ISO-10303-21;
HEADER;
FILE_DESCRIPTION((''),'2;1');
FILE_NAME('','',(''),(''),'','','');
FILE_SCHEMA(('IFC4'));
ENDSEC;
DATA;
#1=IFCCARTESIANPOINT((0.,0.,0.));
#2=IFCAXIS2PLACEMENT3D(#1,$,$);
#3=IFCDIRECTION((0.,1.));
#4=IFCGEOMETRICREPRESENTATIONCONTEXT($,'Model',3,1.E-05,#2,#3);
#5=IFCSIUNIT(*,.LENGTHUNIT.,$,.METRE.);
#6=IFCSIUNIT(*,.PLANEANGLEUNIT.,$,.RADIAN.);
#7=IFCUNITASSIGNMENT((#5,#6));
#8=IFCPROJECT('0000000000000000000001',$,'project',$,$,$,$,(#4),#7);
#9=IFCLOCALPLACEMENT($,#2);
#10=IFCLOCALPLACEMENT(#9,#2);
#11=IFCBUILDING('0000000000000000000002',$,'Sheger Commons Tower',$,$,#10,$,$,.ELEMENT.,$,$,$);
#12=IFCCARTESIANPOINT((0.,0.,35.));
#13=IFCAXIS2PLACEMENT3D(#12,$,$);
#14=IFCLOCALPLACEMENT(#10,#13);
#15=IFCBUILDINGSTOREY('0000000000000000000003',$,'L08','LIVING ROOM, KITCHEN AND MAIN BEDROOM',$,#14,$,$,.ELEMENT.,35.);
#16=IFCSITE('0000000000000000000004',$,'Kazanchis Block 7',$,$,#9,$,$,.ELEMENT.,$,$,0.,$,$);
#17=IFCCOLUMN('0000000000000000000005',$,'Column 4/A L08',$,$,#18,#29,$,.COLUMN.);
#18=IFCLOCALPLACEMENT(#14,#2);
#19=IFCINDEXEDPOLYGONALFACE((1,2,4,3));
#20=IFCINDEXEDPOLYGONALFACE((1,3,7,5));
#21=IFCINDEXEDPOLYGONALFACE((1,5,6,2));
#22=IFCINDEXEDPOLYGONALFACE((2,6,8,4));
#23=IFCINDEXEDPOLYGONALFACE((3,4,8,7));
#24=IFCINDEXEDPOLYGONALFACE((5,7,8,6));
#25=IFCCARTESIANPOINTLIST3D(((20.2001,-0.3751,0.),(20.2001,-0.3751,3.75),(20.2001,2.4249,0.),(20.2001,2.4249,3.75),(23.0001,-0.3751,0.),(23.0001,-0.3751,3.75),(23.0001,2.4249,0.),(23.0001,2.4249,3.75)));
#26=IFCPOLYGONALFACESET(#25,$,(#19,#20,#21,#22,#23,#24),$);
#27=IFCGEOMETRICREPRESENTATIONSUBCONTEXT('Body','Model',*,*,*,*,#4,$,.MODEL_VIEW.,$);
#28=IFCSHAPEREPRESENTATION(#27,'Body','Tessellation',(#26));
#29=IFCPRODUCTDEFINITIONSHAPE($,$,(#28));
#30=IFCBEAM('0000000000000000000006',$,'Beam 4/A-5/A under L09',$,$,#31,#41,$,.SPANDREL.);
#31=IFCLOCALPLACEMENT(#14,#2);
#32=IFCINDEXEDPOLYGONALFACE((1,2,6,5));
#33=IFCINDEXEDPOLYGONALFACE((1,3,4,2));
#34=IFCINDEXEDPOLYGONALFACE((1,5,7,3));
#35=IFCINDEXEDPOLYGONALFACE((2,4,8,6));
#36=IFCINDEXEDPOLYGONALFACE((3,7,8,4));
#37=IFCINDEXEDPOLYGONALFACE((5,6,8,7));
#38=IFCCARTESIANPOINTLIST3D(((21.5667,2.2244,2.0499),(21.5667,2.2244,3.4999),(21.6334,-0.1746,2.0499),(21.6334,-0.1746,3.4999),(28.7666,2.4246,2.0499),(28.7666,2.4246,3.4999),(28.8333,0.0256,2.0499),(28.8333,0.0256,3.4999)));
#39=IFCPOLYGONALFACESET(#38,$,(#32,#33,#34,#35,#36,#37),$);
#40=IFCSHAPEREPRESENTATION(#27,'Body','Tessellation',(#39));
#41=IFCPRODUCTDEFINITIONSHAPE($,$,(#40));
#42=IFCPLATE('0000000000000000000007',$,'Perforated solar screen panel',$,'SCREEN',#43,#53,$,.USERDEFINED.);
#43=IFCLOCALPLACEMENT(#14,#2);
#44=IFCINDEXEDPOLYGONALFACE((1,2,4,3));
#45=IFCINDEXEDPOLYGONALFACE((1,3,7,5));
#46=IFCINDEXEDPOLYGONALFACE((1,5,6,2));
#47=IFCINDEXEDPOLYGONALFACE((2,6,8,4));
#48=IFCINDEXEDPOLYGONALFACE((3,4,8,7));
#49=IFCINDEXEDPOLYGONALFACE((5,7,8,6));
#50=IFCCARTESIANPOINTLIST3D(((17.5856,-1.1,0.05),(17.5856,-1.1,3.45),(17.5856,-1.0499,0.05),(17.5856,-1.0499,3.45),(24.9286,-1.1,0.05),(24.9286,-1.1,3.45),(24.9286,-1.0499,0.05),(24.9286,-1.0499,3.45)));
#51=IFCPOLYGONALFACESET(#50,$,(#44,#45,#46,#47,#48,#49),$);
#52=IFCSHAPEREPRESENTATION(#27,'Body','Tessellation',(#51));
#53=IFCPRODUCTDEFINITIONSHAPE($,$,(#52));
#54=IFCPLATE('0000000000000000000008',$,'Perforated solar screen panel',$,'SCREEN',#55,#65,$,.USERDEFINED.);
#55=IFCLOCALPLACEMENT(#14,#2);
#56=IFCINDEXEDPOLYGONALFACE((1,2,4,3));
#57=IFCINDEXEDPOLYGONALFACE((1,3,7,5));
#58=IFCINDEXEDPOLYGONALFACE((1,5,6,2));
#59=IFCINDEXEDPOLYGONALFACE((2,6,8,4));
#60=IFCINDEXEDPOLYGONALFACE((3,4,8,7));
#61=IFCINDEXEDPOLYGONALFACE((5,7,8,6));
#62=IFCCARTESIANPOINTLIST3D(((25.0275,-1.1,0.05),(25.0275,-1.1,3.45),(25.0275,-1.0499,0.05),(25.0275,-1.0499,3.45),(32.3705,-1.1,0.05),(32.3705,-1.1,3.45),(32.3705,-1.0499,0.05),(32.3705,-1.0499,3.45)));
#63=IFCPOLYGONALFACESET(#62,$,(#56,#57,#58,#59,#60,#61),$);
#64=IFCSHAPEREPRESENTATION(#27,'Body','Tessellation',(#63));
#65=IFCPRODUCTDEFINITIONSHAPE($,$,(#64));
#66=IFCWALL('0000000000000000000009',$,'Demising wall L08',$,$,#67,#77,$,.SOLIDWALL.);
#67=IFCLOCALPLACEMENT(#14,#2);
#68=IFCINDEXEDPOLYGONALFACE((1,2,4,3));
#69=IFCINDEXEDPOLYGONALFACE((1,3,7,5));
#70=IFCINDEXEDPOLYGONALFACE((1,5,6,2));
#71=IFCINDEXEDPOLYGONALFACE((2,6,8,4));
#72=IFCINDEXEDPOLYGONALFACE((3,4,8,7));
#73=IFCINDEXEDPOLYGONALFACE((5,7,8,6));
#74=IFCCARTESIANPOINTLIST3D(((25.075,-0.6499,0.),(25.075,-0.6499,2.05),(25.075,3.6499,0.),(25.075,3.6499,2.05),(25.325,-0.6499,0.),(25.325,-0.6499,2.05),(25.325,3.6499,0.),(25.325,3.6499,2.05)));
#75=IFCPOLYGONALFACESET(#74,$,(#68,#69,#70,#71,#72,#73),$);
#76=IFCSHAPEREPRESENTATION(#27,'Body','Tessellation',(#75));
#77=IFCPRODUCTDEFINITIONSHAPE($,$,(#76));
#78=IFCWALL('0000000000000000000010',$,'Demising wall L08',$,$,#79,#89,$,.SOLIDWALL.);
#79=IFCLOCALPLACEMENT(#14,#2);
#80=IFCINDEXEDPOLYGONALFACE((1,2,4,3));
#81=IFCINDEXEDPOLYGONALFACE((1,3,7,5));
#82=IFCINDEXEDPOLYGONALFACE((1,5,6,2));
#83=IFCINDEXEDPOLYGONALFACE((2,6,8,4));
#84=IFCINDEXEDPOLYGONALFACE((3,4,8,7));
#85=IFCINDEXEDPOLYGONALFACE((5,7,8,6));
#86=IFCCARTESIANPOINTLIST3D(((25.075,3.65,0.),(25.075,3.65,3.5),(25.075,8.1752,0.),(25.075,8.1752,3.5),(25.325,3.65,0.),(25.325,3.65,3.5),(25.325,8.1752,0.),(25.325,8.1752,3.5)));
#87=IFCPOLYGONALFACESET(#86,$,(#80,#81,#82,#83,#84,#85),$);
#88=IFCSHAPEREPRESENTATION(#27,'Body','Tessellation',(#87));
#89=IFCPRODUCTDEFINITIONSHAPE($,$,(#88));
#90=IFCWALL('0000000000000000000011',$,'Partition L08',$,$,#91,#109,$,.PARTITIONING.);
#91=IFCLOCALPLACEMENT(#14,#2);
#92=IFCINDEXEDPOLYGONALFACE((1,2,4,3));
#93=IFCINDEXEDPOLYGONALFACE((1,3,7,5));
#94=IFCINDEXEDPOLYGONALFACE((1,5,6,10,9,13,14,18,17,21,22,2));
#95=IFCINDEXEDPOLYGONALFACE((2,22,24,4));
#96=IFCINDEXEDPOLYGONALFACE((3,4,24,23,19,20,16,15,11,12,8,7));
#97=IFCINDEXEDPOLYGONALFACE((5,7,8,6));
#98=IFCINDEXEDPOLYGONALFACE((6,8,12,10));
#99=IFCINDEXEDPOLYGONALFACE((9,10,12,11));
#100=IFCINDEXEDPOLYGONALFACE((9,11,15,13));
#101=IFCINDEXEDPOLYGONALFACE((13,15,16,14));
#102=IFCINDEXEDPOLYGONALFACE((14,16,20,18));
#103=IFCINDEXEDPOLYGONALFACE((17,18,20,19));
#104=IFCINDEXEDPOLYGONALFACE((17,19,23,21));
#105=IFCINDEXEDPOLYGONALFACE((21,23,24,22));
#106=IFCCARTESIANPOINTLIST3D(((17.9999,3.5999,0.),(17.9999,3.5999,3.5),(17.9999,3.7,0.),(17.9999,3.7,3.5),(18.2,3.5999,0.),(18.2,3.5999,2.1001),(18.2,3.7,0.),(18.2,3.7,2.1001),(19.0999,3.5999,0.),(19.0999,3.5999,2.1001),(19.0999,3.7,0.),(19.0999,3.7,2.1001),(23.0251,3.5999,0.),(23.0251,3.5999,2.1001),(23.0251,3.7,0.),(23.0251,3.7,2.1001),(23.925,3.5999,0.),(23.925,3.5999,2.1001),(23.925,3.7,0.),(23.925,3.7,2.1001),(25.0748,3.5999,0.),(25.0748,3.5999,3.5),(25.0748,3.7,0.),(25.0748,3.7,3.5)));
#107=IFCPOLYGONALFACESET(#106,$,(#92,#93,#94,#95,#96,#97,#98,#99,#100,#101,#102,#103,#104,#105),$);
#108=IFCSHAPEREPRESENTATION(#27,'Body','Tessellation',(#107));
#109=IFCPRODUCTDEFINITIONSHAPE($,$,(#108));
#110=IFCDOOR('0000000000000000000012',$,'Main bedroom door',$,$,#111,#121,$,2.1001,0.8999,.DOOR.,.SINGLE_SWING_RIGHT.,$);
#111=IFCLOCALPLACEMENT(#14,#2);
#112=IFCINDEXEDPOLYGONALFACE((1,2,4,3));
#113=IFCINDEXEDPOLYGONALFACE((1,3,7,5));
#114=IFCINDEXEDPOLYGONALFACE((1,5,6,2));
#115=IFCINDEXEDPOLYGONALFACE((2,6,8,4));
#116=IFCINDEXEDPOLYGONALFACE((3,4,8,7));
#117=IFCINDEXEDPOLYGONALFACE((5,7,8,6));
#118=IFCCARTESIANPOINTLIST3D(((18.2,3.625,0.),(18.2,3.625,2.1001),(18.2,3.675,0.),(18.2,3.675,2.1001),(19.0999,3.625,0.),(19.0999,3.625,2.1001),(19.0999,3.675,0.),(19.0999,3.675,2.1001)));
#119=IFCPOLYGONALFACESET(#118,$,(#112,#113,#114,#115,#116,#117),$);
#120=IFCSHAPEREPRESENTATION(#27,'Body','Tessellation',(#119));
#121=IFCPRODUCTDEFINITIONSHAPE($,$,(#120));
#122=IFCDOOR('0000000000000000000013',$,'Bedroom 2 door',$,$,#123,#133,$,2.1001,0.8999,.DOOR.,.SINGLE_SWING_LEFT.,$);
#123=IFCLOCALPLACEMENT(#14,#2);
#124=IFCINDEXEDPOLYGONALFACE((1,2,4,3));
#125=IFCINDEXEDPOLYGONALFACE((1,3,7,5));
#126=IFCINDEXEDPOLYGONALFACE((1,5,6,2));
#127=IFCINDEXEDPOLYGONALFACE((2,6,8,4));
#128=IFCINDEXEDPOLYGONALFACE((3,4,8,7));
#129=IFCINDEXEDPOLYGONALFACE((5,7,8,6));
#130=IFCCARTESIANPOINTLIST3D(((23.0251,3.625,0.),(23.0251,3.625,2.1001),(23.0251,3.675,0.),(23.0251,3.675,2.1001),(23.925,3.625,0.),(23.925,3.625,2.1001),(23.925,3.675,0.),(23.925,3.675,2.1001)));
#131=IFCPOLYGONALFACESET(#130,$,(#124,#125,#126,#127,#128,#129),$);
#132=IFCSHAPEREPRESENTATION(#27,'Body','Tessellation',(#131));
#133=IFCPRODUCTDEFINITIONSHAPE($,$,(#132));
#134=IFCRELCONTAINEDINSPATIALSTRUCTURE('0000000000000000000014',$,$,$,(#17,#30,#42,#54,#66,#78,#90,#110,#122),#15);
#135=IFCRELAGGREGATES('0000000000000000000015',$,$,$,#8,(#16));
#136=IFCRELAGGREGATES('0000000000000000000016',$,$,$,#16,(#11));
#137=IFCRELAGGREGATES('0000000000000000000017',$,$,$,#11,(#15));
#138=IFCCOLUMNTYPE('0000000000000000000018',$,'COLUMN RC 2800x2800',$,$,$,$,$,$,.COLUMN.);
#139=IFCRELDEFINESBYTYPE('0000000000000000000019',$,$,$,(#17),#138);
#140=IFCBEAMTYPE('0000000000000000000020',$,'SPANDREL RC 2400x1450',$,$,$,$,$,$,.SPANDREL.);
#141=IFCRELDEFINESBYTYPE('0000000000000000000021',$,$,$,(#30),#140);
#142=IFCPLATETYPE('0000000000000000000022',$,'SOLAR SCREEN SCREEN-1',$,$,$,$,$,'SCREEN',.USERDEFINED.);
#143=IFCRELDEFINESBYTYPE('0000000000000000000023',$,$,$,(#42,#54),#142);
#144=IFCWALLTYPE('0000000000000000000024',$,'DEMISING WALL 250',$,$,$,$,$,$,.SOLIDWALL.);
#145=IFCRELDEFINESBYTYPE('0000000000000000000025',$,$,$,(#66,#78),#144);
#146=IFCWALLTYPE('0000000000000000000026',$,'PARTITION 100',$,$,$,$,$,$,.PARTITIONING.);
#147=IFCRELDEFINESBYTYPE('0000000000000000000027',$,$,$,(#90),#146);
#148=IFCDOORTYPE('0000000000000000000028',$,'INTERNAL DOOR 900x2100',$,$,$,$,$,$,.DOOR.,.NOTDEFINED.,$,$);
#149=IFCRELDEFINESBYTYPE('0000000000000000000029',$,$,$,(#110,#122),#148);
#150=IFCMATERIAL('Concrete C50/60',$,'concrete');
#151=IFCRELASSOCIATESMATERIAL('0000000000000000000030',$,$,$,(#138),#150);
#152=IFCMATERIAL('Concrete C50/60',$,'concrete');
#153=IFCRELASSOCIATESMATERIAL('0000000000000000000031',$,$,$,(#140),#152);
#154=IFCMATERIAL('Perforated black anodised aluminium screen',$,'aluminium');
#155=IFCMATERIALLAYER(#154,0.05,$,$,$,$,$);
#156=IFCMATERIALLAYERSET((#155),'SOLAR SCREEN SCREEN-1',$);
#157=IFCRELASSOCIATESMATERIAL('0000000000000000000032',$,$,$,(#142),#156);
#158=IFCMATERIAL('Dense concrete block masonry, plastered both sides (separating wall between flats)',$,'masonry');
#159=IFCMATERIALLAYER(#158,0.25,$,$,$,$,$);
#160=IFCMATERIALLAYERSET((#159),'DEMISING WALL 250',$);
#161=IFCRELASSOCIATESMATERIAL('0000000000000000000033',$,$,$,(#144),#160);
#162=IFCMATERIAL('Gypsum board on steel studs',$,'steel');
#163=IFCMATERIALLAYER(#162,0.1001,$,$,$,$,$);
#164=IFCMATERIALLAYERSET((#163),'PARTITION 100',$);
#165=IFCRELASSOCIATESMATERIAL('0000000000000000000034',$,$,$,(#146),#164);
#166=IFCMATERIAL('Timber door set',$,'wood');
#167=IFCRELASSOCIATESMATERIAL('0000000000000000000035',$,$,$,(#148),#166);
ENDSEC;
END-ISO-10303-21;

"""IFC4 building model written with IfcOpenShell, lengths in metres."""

from ifc_helpers import new_model, si_unit, direction, frame, frame_2d, origin, origin_2d, place, context, subcontext, project, spatial, rectangle, extrude, material, layer, layer_set, material_profile, profile_set, type_object, element, fill, save


model = new_model("IFC4")

# Units and contexts
model_context = context("Model", 3, precision=1e-05, world=origin(), true_north=direction((0.0, 1.0)))
body_context = subcontext(model_context, "Body", "Model", "MODEL_VIEW")
ifc_project = project(units=[si_unit("LENGTHUNIT", "METRE"), si_unit("PLANEANGLEUNIT", "RADIAN")], contexts=[model_context])

# Site, building, storey
site_placement = place(None, origin())
site = spatial("IfcSite", under=ifc_project, at=site_placement, Name="Kazanchis Block 7", CompositionType="ELEMENT", RefElevation=0.0)
building_placement = place(site_placement, origin())
building = spatial("IfcBuilding", under=site, at=building_placement, Name="Sheger Commons Tower", CompositionType="ELEMENT")
storey_placement = place(building_placement, frame((0.0, 0.0, 35.0)))
storey = spatial("IfcBuildingStorey", under=building, at=storey_placement, Name="L08", Description="LIVING ROOM, KITCHEN AND MAIN BEDROOM", CompositionType="ELEMENT", Elevation=35.0)

# Column
ifc_material_1 = material(Name="Concrete C50/60", Category="concrete")
ifc_material_profile_1 = material_profile(ifc_material_1, rectangle(XDim=2.8, YDim=2.8, at=origin_2d()), Name="RC 2800x2800")
ifc_profile_set_1 = profile_set([ifc_material_profile_1], Name="Concrete C50/60")
column_type = type_object("IfcColumnType", Name="COLUMN RC 2800x2800", PredefinedType="COLUMN", material=ifc_profile_set_1)
column_placement = place(storey_placement, frame((21.6001, 1.0249, 0.0), z_axis=(0.0, 0.0, 1.0), x_axis=(1.0, 0.0, 0.0)))
element("IfcColumn", 1, at=column_placement, inside=storey, type_object=column_type, Name="Column 4/A L08", PredefinedType="COLUMN", context=body_context, shape_type="SweptSolid", body=[
    extrude(rectangle(XDim=2.8, YDim=2.8, at=origin_2d()), origin(), (0.0, 0.0, 1.0), 3.75),
])

# Beam
ifc_material_2 = material(Name="Concrete C50/60", Category="concrete")
ifc_material_profile_2 = material_profile(ifc_material_2, rectangle(XDim=2.3999, YDim=1.45, at=origin_2d()), Name="RC 2400x1450")
ifc_profile_set_2 = profile_set([ifc_material_profile_2], Name="Concrete C50/60")
beam_type = type_object("IfcBeamType", Name="SPANDREL RC 2400x1450", PredefinedType="SPANDREL", material=ifc_profile_set_2)
beam_placement = place(storey_placement, frame((21.6001, 1.0249, 2.7749), z_axis=(0.999614, 0.027794, 0.0), x_axis=(-0.027794, 0.999614, 0.0)))
element("IfcBeam", 2, at=beam_placement, inside=storey, type_object=beam_type, Name="Beam 4/A-5/A under L09", PredefinedType="SPANDREL", context=body_context, shape_type="SweptSolid", body=[
    extrude(rectangle(XDim=2.3999, YDim=1.45, at=origin_2d()), origin(), (0.0, 0.0, 1.0), 7.2026),
])

# Plates
ifc_material_3 = material(Name="Perforated black anodised aluminium screen", Category="aluminium")
ifc_layer_1 = layer(ifc_material_3, 0.05)
ifc_layer_set_1 = layer_set([ifc_layer_1], Name="SOLAR SCREEN SCREEN-1")
plate_type = type_object("IfcPlateType", Name="SOLAR SCREEN SCREEN-1", ElementType="SCREEN", PredefinedType="USERDEFINED", material=ifc_layer_set_1)
for number, where, z_axis, x_axis, name in (
    (3, (21.2571, -1.075, 0.05), (0.0, 0.0, 1.0), (1.0, 0.0, 0.0), "Perforated solar screen panel"),
    (4, (28.699, -1.075, 0.05), (0.0, 0.0, 1.0), (1.0, 0.0, 0.0), "Perforated solar screen panel"),
):
    element("IfcPlate", number, at=place(storey_placement, frame(where, z_axis=z_axis, x_axis=x_axis)), inside=storey, type_object=plate_type, Name=name, ObjectType="SCREEN", PredefinedType="USERDEFINED", context=body_context, shape_type="SweptSolid", body=[
        extrude(rectangle(XDim=7.343, YDim=0.05, at=origin_2d()), origin(), (0.0, 0.0, 1.0), 3.3999),
    ])

# Walls
ifc_material_4 = material(Name="Dense concrete block masonry, plastered both sides (separating wall between flats)", Category="masonry")
ifc_layer_2 = layer(ifc_material_4, 0.25)
ifc_layer_set_2 = layer_set([ifc_layer_2], Name="DEMISING WALL 250")
wall_type_1 = type_object("IfcWallType", Name="DEMISING WALL 250", PredefinedType="SOLIDWALL", material=ifc_layer_set_2)
wall_1_placement = place(storey_placement, frame((25.2, -0.6499, 0.0), z_axis=(0.0, 0.0, 1.0), x_axis=(0.0, 1.0, 0.0)))
element("IfcWall", 5, at=wall_1_placement, inside=storey, type_object=wall_type_1, Name="Demising wall L08", PredefinedType="SOLIDWALL", context=body_context, shape_type="SweptSolid", body=[
    extrude(rectangle(XDim=4.2998, YDim=0.25, at=frame_2d((2.1499, 0.0))), origin(), (0.0, 0.0, 1.0), 2.05),
])
wall_2_placement = place(storey_placement, frame((25.2, 3.6499, 0.0), z_axis=(0.0, 0.0, 1.0), x_axis=(0.0, 1.0, 0.0)))
element("IfcWall", 6, at=wall_2_placement, inside=storey, type_object=wall_type_1, Name="Demising wall L08", PredefinedType="SOLIDWALL", context=body_context, shape_type="SweptSolid", body=[
    extrude(rectangle(XDim=4.5251, YDim=0.25, at=frame_2d((2.2627, 0.0))), origin(), (0.0, 0.0, 1.0), 3.5),
])

# Wall, openings, doors
ifc_material_5 = material(Name="Gypsum board on steel studs", Category="steel")
ifc_layer_3 = layer(ifc_material_5, 0.1001)
ifc_layer_set_3 = layer_set([ifc_layer_3], Name="PARTITION 100")
wall_type_2 = type_object("IfcWallType", Name="PARTITION 100", PredefinedType="PARTITIONING", material=ifc_layer_set_3)
wall_3_placement = place(storey_placement, frame((25.075, 3.6499, 0.0), z_axis=(0.0, 0.0, 1.0), x_axis=(-1.0, 0.0, 0.0)))
wall_3 = element("IfcWall", 7, at=wall_3_placement, inside=storey, type_object=wall_type_2, Name="Partition L08", PredefinedType="PARTITIONING", context=body_context, shape_type="SweptSolid", body=[
    extrude(rectangle(XDim=7.075, YDim=0.1001, at=frame_2d((3.5376, 0.0))), origin(), (0.0, 0.0, 1.0), 3.5),
])
opening_1_placement = place(wall_3_placement, frame((5.9751, 0.0, 0.0)))
opening_1 = element("IfcOpeningElement", 8, at=opening_1_placement, cuts=wall_3, PredefinedType="OPENING", context=body_context, shape_type="SweptSolid", body=[
    extrude(rectangle(XDim=0.8999, YDim=2.1001, at=frame_2d((0.45, 1.05))), frame((0.0, 0.0601, 0.0), z_axis=(0.0, -1.0, 0.0), x_axis=(1.0, 0.0, 0.0)), (0.0, 0.0, 1.0), 0.1201),
])
opening_2_placement = place(wall_3_placement, frame((1.1499, 0.0, 0.0)))
opening_2 = element("IfcOpeningElement", 9, at=opening_2_placement, cuts=wall_3, PredefinedType="OPENING", context=body_context, shape_type="SweptSolid", body=[
    extrude(rectangle(XDim=0.8999, YDim=2.1001, at=frame_2d((0.45, 1.05))), frame((0.0, 0.0601, 0.0), z_axis=(0.0, -1.0, 0.0), x_axis=(1.0, 0.0, 0.0)), (0.0, 0.0, 1.0), 0.1201),
])
ifc_material_6 = material(Name="Timber door set", Category="wood")
door_type = type_object("IfcDoorType", Name="INTERNAL DOOR 900x2100", OperationType="NOTDEFINED", PredefinedType="DOOR", material=ifc_material_6)
door_1_placement = place(opening_1_placement, origin())
door_1 = element("IfcDoor", 10, at=door_1_placement, inside=storey, type_object=door_type, Name="Main bedroom door", OperationType="SINGLE_SWING_RIGHT", OverallHeight=2.1001, OverallWidth=0.8999, PredefinedType="DOOR", context=body_context, shape_type="SweptSolid", body=[
    extrude(rectangle(XDim=0.8999, YDim=2.1001, at=frame_2d((0.45, 1.05))), frame((0.0, 0.0249, 0.0), z_axis=(0.0, -1.0, 0.0), x_axis=(1.0, 0.0, 0.0)), (0.0, 0.0, 1.0), 0.05),
])
fill(opening_1, door_1)
door_2_placement = place(opening_2_placement, origin())
door_2 = element("IfcDoor", 11, at=door_2_placement, inside=storey, type_object=door_type, Name="Bedroom 2 door", OperationType="SINGLE_SWING_LEFT", OverallHeight=2.1001, OverallWidth=0.8999, PredefinedType="DOOR", context=body_context, shape_type="SweptSolid", body=[
    extrude(rectangle(XDim=0.8999, YDim=2.1001, at=frame_2d((0.45, 1.05))), frame((0.0, 0.0249, 0.0), z_axis=(0.0, -1.0, 0.0), x_axis=(1.0, 0.0, 0.0)), (0.0, 0.0, 1.0), 0.05),
])
fill(opening_2, door_2)

save(model, "model.ifc")
